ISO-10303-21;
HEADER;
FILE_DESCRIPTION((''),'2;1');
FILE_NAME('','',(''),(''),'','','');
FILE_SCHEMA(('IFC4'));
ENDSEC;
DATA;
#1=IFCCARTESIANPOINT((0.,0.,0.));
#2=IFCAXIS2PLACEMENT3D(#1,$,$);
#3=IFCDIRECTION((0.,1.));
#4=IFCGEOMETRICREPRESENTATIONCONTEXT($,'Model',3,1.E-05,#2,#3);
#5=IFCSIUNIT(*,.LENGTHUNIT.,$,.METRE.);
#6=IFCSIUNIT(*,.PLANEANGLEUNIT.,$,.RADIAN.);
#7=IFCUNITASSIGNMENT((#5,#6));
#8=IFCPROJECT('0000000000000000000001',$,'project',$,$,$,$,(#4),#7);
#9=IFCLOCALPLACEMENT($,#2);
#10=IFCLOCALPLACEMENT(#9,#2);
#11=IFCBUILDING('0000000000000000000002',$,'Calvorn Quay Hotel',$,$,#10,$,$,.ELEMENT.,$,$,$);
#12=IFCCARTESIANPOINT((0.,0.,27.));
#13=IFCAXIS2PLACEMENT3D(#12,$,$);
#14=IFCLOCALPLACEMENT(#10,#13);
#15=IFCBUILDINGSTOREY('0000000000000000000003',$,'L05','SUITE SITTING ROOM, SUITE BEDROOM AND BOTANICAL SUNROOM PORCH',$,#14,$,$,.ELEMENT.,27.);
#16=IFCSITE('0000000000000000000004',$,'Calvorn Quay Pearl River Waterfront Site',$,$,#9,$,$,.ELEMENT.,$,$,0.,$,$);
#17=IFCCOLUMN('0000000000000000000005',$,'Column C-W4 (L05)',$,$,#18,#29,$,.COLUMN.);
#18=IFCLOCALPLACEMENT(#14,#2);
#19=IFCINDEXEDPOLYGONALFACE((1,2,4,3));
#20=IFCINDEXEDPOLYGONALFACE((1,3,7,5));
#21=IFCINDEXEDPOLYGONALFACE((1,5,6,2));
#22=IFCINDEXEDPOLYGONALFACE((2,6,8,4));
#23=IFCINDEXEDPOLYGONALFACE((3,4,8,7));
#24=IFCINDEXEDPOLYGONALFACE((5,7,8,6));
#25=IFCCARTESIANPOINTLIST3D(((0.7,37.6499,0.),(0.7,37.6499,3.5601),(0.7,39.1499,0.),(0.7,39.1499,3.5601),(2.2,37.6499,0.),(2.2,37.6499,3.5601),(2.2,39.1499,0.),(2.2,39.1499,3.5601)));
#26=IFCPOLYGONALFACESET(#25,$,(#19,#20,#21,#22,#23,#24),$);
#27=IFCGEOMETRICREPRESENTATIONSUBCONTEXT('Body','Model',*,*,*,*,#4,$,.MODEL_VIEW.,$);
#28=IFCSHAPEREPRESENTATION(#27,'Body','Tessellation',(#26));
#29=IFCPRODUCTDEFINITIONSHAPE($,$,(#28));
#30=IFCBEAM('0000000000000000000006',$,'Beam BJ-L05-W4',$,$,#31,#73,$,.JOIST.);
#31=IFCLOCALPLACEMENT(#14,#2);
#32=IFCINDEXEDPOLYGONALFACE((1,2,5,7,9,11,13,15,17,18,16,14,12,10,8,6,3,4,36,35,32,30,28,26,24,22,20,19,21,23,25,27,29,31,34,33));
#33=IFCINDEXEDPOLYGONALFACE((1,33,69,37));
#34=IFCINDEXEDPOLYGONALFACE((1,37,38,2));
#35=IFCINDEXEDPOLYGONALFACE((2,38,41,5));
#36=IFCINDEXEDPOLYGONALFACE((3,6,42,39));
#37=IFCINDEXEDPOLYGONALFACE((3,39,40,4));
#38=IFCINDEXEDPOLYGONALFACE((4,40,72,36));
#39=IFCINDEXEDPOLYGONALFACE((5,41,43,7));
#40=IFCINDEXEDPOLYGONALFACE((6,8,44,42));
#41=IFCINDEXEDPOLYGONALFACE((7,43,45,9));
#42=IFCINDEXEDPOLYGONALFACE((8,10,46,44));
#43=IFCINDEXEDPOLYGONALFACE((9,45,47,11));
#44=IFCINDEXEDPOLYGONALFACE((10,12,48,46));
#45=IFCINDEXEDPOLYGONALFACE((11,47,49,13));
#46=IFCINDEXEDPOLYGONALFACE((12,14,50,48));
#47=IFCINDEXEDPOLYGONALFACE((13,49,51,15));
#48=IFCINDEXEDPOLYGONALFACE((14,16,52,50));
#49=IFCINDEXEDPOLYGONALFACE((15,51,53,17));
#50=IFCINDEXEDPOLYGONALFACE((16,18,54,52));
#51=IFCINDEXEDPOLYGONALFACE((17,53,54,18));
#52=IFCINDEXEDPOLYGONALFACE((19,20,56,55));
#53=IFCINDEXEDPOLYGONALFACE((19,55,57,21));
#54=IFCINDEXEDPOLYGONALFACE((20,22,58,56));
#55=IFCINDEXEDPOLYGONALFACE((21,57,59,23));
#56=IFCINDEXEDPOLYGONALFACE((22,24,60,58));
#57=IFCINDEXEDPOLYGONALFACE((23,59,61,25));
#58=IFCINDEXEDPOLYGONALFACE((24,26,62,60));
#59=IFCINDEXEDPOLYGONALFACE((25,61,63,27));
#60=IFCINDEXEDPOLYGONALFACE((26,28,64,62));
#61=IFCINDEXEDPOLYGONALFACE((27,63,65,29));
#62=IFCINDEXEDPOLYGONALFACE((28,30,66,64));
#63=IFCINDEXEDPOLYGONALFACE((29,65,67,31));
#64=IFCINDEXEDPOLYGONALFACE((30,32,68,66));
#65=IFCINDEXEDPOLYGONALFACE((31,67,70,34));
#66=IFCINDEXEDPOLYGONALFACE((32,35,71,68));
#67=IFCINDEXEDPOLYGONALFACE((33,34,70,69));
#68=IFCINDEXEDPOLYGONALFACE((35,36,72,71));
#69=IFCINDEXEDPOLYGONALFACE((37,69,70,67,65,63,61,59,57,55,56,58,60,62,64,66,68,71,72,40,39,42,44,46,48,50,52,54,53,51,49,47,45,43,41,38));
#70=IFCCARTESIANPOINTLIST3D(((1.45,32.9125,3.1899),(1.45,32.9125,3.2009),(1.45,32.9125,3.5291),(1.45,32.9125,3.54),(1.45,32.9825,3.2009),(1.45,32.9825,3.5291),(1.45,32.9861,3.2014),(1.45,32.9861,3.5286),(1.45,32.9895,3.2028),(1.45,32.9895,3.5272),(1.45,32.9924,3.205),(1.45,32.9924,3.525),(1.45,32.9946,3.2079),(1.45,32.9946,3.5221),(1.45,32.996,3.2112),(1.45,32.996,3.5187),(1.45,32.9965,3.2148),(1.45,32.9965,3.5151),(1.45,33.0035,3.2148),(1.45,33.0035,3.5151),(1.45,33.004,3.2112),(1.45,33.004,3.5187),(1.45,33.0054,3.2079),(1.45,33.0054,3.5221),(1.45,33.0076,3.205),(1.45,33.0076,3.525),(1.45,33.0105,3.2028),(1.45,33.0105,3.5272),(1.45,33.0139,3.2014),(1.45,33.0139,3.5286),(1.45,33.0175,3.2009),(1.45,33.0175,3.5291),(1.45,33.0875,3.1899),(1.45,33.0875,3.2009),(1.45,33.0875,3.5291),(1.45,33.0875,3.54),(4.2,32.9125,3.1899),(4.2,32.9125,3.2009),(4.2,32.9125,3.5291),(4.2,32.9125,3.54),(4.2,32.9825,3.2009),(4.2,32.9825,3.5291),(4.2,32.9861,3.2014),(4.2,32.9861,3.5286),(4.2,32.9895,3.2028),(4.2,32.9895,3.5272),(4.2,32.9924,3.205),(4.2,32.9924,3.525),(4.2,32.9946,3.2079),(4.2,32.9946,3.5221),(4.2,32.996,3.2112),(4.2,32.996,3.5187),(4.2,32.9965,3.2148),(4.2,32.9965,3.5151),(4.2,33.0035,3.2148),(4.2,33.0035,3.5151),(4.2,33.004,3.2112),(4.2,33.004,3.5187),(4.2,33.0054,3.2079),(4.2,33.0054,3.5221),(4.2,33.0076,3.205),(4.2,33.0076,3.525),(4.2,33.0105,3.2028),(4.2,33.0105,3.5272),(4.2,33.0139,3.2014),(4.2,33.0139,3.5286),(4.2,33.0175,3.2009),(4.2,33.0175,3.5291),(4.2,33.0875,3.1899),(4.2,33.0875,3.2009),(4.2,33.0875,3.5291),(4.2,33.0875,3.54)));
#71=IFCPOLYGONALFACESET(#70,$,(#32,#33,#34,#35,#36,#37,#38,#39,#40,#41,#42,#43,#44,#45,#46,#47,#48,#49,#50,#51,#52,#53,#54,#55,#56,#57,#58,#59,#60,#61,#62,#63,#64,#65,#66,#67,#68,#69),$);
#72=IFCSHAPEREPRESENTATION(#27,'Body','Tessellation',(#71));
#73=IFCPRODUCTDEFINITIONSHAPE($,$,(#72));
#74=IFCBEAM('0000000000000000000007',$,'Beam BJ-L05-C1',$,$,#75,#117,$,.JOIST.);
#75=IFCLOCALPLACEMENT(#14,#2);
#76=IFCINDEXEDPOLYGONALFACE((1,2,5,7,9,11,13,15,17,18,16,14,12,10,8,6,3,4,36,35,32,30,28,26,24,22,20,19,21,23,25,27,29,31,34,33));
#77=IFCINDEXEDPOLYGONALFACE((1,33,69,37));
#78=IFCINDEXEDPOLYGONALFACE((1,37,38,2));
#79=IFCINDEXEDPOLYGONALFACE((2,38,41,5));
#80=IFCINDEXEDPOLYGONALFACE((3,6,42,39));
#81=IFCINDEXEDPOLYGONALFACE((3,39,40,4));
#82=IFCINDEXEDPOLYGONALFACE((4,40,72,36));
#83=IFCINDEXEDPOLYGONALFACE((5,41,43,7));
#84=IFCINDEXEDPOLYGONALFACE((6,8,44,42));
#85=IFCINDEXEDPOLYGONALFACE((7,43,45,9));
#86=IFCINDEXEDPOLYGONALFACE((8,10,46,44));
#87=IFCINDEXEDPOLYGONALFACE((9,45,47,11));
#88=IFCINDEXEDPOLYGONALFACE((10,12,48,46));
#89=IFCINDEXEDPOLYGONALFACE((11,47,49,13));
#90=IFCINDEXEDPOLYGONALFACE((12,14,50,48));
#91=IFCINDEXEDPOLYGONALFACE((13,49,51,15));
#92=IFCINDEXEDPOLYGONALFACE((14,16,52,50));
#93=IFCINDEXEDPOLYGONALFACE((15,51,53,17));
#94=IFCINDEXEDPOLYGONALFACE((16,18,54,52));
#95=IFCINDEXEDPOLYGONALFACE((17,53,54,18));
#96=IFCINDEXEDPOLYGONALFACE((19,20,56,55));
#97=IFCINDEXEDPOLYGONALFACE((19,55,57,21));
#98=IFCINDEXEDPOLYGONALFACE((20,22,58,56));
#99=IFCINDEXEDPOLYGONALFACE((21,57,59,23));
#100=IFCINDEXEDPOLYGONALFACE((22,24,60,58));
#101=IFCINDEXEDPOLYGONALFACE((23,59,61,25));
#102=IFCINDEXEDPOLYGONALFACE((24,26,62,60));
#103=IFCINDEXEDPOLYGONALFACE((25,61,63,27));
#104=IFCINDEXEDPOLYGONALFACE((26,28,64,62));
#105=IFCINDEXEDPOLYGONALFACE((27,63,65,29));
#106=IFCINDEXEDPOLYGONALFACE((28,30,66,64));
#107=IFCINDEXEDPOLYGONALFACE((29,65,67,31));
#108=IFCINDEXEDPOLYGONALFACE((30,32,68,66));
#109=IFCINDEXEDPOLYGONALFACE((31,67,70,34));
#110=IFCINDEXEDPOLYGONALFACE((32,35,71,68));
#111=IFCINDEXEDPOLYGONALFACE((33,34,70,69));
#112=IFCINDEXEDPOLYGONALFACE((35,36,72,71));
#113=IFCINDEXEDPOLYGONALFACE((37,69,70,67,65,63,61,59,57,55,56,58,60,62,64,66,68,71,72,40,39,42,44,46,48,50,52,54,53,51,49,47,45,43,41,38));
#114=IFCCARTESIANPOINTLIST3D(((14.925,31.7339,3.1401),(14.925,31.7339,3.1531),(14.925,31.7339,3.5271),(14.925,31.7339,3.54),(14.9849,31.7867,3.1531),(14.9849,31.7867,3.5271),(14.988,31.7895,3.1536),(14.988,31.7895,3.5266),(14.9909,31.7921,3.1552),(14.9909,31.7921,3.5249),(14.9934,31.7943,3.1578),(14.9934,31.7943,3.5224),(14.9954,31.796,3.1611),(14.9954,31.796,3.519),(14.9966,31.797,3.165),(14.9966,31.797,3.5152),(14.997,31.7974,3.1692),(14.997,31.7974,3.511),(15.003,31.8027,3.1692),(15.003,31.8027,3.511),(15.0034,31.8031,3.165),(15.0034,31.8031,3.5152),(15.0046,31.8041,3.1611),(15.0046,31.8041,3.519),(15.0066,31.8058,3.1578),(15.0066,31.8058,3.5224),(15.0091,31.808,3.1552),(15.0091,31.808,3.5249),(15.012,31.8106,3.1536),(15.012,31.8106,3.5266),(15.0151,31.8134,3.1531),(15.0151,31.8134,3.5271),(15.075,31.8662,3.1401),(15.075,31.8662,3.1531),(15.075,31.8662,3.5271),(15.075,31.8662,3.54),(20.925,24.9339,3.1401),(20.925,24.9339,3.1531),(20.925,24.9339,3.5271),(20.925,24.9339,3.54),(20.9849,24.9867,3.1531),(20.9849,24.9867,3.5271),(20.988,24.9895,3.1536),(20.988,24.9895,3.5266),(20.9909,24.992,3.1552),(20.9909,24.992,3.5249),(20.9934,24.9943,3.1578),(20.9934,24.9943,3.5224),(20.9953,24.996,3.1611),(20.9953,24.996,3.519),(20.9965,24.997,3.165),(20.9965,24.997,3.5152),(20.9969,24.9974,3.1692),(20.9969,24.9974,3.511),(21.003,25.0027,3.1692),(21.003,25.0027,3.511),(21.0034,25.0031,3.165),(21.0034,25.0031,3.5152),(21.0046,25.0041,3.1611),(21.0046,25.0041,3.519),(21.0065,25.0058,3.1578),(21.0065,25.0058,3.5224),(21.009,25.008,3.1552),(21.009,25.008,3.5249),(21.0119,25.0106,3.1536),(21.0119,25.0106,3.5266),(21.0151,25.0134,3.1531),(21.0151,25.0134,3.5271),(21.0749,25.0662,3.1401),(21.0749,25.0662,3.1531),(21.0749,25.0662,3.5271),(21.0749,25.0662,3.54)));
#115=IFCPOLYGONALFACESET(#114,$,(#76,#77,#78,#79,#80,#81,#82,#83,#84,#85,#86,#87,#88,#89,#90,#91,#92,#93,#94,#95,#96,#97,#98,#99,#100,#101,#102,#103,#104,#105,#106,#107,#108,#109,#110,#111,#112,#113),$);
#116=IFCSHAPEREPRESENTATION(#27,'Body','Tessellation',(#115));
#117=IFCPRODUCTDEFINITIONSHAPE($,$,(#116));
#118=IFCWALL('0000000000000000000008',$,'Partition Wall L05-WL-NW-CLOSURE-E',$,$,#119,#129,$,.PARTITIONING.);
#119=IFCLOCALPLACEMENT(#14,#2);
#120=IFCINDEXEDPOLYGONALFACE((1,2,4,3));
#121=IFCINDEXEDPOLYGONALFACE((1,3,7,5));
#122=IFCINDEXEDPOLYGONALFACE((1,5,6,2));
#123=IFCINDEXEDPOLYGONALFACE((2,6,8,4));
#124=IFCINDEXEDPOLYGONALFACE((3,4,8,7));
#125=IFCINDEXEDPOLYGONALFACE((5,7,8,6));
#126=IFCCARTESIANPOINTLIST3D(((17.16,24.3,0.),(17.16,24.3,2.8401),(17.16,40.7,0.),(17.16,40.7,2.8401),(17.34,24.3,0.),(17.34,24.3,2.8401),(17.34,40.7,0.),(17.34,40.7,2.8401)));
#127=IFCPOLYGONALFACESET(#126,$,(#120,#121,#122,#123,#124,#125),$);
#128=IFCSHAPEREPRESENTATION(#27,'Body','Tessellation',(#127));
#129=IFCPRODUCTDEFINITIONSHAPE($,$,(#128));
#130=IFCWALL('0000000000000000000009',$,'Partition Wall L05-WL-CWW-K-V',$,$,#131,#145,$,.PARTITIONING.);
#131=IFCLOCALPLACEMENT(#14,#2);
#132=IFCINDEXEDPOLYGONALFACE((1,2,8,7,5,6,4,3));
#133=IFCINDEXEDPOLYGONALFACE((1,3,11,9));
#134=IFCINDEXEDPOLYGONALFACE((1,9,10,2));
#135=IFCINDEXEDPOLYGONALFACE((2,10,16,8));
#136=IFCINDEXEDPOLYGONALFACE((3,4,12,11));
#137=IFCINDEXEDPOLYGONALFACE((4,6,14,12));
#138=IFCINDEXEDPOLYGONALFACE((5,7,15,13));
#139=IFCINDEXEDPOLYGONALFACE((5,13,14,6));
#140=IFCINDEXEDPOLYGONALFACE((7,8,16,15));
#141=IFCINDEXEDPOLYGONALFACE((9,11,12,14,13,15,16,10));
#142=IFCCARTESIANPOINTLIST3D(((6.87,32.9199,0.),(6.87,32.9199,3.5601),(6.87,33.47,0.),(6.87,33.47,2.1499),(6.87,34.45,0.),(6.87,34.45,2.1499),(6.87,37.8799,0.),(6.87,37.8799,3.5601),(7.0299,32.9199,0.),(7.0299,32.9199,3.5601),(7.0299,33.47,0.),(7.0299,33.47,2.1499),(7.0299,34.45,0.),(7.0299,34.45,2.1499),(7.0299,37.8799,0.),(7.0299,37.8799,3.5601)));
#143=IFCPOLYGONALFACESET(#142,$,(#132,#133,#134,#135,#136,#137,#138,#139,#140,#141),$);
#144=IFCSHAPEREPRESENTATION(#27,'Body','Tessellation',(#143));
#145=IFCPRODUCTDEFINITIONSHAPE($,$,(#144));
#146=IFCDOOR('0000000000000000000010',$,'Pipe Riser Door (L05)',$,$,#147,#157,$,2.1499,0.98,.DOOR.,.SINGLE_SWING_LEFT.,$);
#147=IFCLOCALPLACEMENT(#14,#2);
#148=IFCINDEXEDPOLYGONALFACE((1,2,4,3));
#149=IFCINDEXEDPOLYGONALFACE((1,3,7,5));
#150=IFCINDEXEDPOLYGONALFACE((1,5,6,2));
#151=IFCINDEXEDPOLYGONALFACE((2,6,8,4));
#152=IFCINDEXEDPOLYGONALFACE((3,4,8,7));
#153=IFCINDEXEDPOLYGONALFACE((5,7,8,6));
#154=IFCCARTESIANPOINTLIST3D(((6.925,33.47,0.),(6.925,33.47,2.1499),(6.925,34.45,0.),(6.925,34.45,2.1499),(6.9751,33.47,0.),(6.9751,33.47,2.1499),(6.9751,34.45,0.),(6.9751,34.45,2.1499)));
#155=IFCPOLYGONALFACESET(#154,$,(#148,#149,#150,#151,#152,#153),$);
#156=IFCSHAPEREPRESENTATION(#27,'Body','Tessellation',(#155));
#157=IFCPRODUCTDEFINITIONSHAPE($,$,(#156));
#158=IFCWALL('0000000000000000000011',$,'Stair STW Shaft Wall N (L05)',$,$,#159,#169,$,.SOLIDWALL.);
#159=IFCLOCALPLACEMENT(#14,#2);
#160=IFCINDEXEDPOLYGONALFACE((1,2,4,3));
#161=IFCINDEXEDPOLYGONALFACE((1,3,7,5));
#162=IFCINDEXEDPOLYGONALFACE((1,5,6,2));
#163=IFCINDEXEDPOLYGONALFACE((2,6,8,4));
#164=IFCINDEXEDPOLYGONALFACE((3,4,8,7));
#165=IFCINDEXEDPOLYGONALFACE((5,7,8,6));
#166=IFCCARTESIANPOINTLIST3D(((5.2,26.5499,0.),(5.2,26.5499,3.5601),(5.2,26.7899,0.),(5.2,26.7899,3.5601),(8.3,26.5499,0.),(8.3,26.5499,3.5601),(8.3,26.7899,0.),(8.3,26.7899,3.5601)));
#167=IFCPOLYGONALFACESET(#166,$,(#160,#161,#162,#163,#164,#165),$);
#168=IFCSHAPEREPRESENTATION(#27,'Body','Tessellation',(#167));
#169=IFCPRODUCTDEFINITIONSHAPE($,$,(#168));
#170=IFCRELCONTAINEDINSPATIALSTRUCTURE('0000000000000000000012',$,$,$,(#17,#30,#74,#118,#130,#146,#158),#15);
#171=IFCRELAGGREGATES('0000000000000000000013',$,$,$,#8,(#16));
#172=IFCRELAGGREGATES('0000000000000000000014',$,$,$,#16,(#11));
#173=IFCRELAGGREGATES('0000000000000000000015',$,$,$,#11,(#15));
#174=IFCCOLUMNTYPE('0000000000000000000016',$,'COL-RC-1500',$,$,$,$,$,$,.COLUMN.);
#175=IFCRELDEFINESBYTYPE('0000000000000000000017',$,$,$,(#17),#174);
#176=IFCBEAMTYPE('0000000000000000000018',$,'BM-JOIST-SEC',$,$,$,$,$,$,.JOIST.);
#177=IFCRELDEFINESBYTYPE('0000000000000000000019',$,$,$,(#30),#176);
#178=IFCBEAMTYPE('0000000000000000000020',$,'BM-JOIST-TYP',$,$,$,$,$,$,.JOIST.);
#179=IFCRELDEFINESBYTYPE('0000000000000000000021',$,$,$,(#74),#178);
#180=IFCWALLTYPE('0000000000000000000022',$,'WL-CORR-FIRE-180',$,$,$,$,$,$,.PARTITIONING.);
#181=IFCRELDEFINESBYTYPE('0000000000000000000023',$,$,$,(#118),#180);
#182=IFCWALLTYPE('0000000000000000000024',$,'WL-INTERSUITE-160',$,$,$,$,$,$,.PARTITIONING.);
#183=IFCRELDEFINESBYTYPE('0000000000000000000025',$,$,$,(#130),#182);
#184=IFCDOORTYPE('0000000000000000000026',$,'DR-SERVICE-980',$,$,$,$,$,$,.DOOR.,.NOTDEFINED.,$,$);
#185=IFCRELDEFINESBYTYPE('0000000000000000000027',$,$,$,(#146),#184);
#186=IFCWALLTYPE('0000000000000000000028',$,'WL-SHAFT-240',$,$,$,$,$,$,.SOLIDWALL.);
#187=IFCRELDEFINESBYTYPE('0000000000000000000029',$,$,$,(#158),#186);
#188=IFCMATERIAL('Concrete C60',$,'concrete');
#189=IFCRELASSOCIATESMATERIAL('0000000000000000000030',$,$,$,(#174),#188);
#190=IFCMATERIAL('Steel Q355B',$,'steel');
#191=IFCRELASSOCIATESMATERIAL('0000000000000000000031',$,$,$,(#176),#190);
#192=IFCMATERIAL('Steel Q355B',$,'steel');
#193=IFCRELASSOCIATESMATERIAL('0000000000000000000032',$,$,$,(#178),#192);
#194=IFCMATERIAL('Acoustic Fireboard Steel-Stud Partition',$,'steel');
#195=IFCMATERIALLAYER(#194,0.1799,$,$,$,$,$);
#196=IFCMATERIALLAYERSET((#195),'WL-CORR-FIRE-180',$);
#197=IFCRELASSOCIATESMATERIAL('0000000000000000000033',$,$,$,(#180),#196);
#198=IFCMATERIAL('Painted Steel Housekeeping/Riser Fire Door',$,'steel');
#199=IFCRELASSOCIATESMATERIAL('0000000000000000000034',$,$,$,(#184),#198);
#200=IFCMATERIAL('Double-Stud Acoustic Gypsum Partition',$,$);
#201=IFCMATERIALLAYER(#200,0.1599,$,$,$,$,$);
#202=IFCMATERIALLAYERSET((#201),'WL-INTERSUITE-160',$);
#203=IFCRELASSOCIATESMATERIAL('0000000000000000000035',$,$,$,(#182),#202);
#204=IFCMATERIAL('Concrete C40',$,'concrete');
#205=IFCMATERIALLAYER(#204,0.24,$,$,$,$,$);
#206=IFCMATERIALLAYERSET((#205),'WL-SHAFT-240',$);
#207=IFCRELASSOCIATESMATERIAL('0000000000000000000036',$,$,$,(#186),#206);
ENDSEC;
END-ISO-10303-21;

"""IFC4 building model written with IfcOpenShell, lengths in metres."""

from ifc_helpers import new_model, si_unit, direction, frame, frame_2d, origin, origin_2d, place, context, subcontext, project, spatial, rectangle, i_section, extrude, material, layer, layer_set, material_profile, profile_set, type_object, element, fill, save


model = new_model("IFC4")

# Units and contexts
model_context = context("Model", 3, precision=1e-05, world=origin(), true_north=direction((0.0, 1.0)))
body_context = subcontext(model_context, "Body", "Model", "MODEL_VIEW")
ifc_project = project(units=[si_unit("LENGTHUNIT", "METRE"), si_unit("PLANEANGLEUNIT", "RADIAN")], contexts=[model_context])

# Site, building, storey
site_placement = place(None, origin())
site = spatial("IfcSite", under=ifc_project, at=site_placement, Name="Calvorn Quay Pearl River Waterfront Site", CompositionType="ELEMENT", RefElevation=0.0)
building_placement = place(site_placement, origin())
building = spatial("IfcBuilding", under=site, at=building_placement, Name="Calvorn Quay Hotel", CompositionType="ELEMENT")
storey_placement = place(building_placement, frame((0.0, 0.0, 27.0)))
storey = spatial("IfcBuildingStorey", under=building, at=storey_placement, Name="L05", Description="SUITE SITTING ROOM, SUITE BEDROOM AND BOTANICAL SUNROOM PORCH", CompositionType="ELEMENT", Elevation=27.0)

# Column
ifc_material_1 = material(Name="Concrete C60", Category="concrete")
ifc_material_profile_1 = material_profile(ifc_material_1, rectangle(XDim=1.5, YDim=1.5, at=origin_2d()), Name="RC1500x1500")
ifc_profile_set_1 = profile_set([ifc_material_profile_1], Name="Concrete C60")
column_type = type_object("IfcColumnType", Name="COL-RC-1500", PredefinedType="COLUMN", material=ifc_profile_set_1)
column_placement = place(storey_placement, frame((1.45, 38.3999, 0.0), z_axis=(0.0, 0.0, 1.0), x_axis=(1.0, 0.0, 0.0)))
element("IfcColumn", 1, at=column_placement, inside=storey, type_object=column_type, Name="Column C-W4 (L05)", PredefinedType="COLUMN", context=body_context, shape_type="SweptSolid", body=[
    extrude(rectangle(XDim=1.5, YDim=1.5, at=origin_2d()), origin(), (0.0, 0.0, 1.0), 3.5601),
])

# Beams
ifc_material_2 = material(Name="Steel Q355B", Category="steel")
ifc_material_profile_2 = material_profile(ifc_material_2, i_section(OverallWidth=0.175, OverallDepth=0.3501, WebThickness=0.0071, FlangeThickness=0.011, FilletRadius=0.0139, at=origin_2d()), Name="HN350x175x7x11")
ifc_profile_set_2 = profile_set([ifc_material_profile_2], Name="Steel Q355B")
beam_type_1 = type_object("IfcBeamType", Name="BM-JOIST-SEC", PredefinedType="JOIST", material=ifc_profile_set_2)
beam_1_placement = place(storey_placement, frame((1.45, 33.0, 3.365), z_axis=(1.0, 0.0, 0.0), x_axis=(0.0, 1.0, 0.0)))
element("IfcBeam", 2, at=beam_1_placement, inside=storey, type_object=beam_type_1, Name="Beam BJ-L05-W4", PredefinedType="JOIST", context=body_context, shape_type="SweptSolid", body=[
    extrude(i_section(OverallWidth=0.175, OverallDepth=0.3501, WebThickness=0.0071, FlangeThickness=0.011, FilletRadius=0.0139, at=origin_2d()), origin(), (0.0, 0.0, 1.0), 2.75),
])
ifc_material_3 = material(Name="Steel Q355B", Category="steel")
ifc_material_profile_3 = material_profile(ifc_material_3, i_section(OverallWidth=0.2, OverallDepth=0.3999, WebThickness=0.0081, FlangeThickness=0.0129, FilletRadius=0.0161, at=origin_2d()), Name="HN400x200x8x13")
ifc_profile_set_3 = profile_set([ifc_material_profile_3], Name="Steel Q355B")
beam_type_2 = type_object("IfcBeamType", Name="BM-JOIST-TYP", PredefinedType="JOIST", material=ifc_profile_set_3)
beam_2_placement = place(storey_placement, frame((15.0, 31.8, 3.3401), z_axis=(0.661619, -0.74984, 0.0), x_axis=(0.74984, 0.661619, 0.0)))
element("IfcBeam", 3, at=beam_2_placement, inside=storey, type_object=beam_type_2, Name="Beam BJ-L05-C1", PredefinedType="JOIST", context=body_context, shape_type="SweptSolid", body=[
    extrude(i_section(OverallWidth=0.2, OverallDepth=0.3999, WebThickness=0.0081, FlangeThickness=0.0129, FilletRadius=0.0161, at=origin_2d()), origin(), (0.0, 0.0, 1.0), 9.0686),
])

# Wall
ifc_material_4 = material(Name="Acoustic Fireboard Steel-Stud Partition", Category="steel")
ifc_layer_1 = layer(ifc_material_4, 0.1799)
ifc_layer_set_1 = layer_set([ifc_layer_1], Name="WL-CORR-FIRE-180")
wall_type_1 = type_object("IfcWallType", Name="WL-CORR-FIRE-180", PredefinedType="PARTITIONING", material=ifc_layer_set_1)
wall_1_placement = place(storey_placement, frame((17.25, 24.3, 0.0), z_axis=(0.0, 0.0, 1.0), x_axis=(0.0, 1.0, 0.0)))
element("IfcWall", 4, at=wall_1_placement, inside=storey, type_object=wall_type_1, Name="Partition Wall L05-WL-NW-CLOSURE-E", PredefinedType="PARTITIONING", context=body_context, shape_type="SweptSolid", body=[
    extrude(rectangle(XDim=16.3999, YDim=0.1799, at=frame_2d((8.2, 0.0))), origin(), (0.0, 0.0, 1.0), 2.8401),
])

# Wall, opening, door
ifc_material_5 = material(Name="Painted Steel Housekeeping/Riser Fire Door", Category="steel")
door_type_1 = type_object("IfcDoorType", Name="DR-SERVICE-980", OperationType="NOTDEFINED", PredefinedType="DOOR", material=ifc_material_5)
ifc_material_6 = material(Name="Double-Stud Acoustic Gypsum Partition")
ifc_layer_2 = layer(ifc_material_6, 0.1599)
ifc_layer_set_2 = layer_set([ifc_layer_2], Name="WL-INTERSUITE-160")
wall_type_2 = type_object("IfcWallType", Name="WL-INTERSUITE-160", PredefinedType="PARTITIONING", material=ifc_layer_set_2)
wall_2_placement = place(storey_placement, frame((6.95, 32.9199, 0.0), z_axis=(0.0, 0.0, 1.0), x_axis=(0.0, 1.0, 0.0)))
wall_2 = element("IfcWall", 5, at=wall_2_placement, inside=storey, type_object=wall_type_2, Name="Partition Wall L05-WL-CWW-K-V", PredefinedType="PARTITIONING", context=body_context, shape_type="SweptSolid", body=[
    extrude(rectangle(XDim=4.96, YDim=0.1599, at=frame_2d((2.48, 0.0))), origin(), (0.0, 0.0, 1.0), 3.5601),
])
opening_1_placement = place(wall_2_placement, frame((0.55, 0.0, 0.0)))
opening_1 = element("IfcOpeningElement", 6, at=opening_1_placement, cuts=wall_2, PredefinedType="OPENING", context=body_context, shape_type="SweptSolid", body=[
    extrude(rectangle(XDim=0.98, YDim=2.1499, at=frame_2d((0.49, 1.075))), frame((0.0, 0.0898, 0.0), z_axis=(0.0, -1.0, 0.0), x_axis=(1.0, 0.0, 0.0)), (0.0, 0.0, 1.0), 0.1799),
])
door_1_placement = place(opening_1_placement, origin())
door_1 = element("IfcDoor", 7, at=door_1_placement, inside=storey, type_object=door_type_1, Name="Pipe Riser Door (L05)", OperationType="SINGLE_SWING_LEFT", OverallHeight=2.1499, OverallWidth=0.98, PredefinedType="DOOR", context=body_context, shape_type="SweptSolid", body=[
    extrude(rectangle(XDim=0.98, YDim=2.1499, at=frame_2d((0.49, 1.075))), frame((0.0, 0.0249, 0.0), z_axis=(0.0, -1.0, 0.0), x_axis=(1.0, 0.0, 0.0)), (0.0, 0.0, 1.0), 0.05),
])
fill(opening_1, door_1)

# Wall
ifc_material_7 = material(Name="Concrete C40", Category="concrete")
ifc_layer_3 = layer(ifc_material_7, 0.24)
ifc_layer_set_3 = layer_set([ifc_layer_3], Name="WL-SHAFT-240")
wall_type_3 = type_object("IfcWallType", Name="WL-SHAFT-240", PredefinedType="SOLIDWALL", material=ifc_layer_set_3)
wall_3_placement = place(storey_placement, frame((5.2, 26.6699, 0.0), z_axis=(0.0, 0.0, 1.0), x_axis=(1.0, 0.0, 0.0)))
element("IfcWall", 8, at=wall_3_placement, inside=storey, type_object=wall_type_3, Name="Stair STW Shaft Wall N (L05)", PredefinedType="SOLIDWALL", context=body_context, shape_type="SweptSolid", body=[
    extrude(rectangle(XDim=3.1001, YDim=0.24, at=frame_2d((1.55, 0.0))), origin(), (0.0, 0.0, 1.0), 3.5601),
])

save(model, "model.ifc")
